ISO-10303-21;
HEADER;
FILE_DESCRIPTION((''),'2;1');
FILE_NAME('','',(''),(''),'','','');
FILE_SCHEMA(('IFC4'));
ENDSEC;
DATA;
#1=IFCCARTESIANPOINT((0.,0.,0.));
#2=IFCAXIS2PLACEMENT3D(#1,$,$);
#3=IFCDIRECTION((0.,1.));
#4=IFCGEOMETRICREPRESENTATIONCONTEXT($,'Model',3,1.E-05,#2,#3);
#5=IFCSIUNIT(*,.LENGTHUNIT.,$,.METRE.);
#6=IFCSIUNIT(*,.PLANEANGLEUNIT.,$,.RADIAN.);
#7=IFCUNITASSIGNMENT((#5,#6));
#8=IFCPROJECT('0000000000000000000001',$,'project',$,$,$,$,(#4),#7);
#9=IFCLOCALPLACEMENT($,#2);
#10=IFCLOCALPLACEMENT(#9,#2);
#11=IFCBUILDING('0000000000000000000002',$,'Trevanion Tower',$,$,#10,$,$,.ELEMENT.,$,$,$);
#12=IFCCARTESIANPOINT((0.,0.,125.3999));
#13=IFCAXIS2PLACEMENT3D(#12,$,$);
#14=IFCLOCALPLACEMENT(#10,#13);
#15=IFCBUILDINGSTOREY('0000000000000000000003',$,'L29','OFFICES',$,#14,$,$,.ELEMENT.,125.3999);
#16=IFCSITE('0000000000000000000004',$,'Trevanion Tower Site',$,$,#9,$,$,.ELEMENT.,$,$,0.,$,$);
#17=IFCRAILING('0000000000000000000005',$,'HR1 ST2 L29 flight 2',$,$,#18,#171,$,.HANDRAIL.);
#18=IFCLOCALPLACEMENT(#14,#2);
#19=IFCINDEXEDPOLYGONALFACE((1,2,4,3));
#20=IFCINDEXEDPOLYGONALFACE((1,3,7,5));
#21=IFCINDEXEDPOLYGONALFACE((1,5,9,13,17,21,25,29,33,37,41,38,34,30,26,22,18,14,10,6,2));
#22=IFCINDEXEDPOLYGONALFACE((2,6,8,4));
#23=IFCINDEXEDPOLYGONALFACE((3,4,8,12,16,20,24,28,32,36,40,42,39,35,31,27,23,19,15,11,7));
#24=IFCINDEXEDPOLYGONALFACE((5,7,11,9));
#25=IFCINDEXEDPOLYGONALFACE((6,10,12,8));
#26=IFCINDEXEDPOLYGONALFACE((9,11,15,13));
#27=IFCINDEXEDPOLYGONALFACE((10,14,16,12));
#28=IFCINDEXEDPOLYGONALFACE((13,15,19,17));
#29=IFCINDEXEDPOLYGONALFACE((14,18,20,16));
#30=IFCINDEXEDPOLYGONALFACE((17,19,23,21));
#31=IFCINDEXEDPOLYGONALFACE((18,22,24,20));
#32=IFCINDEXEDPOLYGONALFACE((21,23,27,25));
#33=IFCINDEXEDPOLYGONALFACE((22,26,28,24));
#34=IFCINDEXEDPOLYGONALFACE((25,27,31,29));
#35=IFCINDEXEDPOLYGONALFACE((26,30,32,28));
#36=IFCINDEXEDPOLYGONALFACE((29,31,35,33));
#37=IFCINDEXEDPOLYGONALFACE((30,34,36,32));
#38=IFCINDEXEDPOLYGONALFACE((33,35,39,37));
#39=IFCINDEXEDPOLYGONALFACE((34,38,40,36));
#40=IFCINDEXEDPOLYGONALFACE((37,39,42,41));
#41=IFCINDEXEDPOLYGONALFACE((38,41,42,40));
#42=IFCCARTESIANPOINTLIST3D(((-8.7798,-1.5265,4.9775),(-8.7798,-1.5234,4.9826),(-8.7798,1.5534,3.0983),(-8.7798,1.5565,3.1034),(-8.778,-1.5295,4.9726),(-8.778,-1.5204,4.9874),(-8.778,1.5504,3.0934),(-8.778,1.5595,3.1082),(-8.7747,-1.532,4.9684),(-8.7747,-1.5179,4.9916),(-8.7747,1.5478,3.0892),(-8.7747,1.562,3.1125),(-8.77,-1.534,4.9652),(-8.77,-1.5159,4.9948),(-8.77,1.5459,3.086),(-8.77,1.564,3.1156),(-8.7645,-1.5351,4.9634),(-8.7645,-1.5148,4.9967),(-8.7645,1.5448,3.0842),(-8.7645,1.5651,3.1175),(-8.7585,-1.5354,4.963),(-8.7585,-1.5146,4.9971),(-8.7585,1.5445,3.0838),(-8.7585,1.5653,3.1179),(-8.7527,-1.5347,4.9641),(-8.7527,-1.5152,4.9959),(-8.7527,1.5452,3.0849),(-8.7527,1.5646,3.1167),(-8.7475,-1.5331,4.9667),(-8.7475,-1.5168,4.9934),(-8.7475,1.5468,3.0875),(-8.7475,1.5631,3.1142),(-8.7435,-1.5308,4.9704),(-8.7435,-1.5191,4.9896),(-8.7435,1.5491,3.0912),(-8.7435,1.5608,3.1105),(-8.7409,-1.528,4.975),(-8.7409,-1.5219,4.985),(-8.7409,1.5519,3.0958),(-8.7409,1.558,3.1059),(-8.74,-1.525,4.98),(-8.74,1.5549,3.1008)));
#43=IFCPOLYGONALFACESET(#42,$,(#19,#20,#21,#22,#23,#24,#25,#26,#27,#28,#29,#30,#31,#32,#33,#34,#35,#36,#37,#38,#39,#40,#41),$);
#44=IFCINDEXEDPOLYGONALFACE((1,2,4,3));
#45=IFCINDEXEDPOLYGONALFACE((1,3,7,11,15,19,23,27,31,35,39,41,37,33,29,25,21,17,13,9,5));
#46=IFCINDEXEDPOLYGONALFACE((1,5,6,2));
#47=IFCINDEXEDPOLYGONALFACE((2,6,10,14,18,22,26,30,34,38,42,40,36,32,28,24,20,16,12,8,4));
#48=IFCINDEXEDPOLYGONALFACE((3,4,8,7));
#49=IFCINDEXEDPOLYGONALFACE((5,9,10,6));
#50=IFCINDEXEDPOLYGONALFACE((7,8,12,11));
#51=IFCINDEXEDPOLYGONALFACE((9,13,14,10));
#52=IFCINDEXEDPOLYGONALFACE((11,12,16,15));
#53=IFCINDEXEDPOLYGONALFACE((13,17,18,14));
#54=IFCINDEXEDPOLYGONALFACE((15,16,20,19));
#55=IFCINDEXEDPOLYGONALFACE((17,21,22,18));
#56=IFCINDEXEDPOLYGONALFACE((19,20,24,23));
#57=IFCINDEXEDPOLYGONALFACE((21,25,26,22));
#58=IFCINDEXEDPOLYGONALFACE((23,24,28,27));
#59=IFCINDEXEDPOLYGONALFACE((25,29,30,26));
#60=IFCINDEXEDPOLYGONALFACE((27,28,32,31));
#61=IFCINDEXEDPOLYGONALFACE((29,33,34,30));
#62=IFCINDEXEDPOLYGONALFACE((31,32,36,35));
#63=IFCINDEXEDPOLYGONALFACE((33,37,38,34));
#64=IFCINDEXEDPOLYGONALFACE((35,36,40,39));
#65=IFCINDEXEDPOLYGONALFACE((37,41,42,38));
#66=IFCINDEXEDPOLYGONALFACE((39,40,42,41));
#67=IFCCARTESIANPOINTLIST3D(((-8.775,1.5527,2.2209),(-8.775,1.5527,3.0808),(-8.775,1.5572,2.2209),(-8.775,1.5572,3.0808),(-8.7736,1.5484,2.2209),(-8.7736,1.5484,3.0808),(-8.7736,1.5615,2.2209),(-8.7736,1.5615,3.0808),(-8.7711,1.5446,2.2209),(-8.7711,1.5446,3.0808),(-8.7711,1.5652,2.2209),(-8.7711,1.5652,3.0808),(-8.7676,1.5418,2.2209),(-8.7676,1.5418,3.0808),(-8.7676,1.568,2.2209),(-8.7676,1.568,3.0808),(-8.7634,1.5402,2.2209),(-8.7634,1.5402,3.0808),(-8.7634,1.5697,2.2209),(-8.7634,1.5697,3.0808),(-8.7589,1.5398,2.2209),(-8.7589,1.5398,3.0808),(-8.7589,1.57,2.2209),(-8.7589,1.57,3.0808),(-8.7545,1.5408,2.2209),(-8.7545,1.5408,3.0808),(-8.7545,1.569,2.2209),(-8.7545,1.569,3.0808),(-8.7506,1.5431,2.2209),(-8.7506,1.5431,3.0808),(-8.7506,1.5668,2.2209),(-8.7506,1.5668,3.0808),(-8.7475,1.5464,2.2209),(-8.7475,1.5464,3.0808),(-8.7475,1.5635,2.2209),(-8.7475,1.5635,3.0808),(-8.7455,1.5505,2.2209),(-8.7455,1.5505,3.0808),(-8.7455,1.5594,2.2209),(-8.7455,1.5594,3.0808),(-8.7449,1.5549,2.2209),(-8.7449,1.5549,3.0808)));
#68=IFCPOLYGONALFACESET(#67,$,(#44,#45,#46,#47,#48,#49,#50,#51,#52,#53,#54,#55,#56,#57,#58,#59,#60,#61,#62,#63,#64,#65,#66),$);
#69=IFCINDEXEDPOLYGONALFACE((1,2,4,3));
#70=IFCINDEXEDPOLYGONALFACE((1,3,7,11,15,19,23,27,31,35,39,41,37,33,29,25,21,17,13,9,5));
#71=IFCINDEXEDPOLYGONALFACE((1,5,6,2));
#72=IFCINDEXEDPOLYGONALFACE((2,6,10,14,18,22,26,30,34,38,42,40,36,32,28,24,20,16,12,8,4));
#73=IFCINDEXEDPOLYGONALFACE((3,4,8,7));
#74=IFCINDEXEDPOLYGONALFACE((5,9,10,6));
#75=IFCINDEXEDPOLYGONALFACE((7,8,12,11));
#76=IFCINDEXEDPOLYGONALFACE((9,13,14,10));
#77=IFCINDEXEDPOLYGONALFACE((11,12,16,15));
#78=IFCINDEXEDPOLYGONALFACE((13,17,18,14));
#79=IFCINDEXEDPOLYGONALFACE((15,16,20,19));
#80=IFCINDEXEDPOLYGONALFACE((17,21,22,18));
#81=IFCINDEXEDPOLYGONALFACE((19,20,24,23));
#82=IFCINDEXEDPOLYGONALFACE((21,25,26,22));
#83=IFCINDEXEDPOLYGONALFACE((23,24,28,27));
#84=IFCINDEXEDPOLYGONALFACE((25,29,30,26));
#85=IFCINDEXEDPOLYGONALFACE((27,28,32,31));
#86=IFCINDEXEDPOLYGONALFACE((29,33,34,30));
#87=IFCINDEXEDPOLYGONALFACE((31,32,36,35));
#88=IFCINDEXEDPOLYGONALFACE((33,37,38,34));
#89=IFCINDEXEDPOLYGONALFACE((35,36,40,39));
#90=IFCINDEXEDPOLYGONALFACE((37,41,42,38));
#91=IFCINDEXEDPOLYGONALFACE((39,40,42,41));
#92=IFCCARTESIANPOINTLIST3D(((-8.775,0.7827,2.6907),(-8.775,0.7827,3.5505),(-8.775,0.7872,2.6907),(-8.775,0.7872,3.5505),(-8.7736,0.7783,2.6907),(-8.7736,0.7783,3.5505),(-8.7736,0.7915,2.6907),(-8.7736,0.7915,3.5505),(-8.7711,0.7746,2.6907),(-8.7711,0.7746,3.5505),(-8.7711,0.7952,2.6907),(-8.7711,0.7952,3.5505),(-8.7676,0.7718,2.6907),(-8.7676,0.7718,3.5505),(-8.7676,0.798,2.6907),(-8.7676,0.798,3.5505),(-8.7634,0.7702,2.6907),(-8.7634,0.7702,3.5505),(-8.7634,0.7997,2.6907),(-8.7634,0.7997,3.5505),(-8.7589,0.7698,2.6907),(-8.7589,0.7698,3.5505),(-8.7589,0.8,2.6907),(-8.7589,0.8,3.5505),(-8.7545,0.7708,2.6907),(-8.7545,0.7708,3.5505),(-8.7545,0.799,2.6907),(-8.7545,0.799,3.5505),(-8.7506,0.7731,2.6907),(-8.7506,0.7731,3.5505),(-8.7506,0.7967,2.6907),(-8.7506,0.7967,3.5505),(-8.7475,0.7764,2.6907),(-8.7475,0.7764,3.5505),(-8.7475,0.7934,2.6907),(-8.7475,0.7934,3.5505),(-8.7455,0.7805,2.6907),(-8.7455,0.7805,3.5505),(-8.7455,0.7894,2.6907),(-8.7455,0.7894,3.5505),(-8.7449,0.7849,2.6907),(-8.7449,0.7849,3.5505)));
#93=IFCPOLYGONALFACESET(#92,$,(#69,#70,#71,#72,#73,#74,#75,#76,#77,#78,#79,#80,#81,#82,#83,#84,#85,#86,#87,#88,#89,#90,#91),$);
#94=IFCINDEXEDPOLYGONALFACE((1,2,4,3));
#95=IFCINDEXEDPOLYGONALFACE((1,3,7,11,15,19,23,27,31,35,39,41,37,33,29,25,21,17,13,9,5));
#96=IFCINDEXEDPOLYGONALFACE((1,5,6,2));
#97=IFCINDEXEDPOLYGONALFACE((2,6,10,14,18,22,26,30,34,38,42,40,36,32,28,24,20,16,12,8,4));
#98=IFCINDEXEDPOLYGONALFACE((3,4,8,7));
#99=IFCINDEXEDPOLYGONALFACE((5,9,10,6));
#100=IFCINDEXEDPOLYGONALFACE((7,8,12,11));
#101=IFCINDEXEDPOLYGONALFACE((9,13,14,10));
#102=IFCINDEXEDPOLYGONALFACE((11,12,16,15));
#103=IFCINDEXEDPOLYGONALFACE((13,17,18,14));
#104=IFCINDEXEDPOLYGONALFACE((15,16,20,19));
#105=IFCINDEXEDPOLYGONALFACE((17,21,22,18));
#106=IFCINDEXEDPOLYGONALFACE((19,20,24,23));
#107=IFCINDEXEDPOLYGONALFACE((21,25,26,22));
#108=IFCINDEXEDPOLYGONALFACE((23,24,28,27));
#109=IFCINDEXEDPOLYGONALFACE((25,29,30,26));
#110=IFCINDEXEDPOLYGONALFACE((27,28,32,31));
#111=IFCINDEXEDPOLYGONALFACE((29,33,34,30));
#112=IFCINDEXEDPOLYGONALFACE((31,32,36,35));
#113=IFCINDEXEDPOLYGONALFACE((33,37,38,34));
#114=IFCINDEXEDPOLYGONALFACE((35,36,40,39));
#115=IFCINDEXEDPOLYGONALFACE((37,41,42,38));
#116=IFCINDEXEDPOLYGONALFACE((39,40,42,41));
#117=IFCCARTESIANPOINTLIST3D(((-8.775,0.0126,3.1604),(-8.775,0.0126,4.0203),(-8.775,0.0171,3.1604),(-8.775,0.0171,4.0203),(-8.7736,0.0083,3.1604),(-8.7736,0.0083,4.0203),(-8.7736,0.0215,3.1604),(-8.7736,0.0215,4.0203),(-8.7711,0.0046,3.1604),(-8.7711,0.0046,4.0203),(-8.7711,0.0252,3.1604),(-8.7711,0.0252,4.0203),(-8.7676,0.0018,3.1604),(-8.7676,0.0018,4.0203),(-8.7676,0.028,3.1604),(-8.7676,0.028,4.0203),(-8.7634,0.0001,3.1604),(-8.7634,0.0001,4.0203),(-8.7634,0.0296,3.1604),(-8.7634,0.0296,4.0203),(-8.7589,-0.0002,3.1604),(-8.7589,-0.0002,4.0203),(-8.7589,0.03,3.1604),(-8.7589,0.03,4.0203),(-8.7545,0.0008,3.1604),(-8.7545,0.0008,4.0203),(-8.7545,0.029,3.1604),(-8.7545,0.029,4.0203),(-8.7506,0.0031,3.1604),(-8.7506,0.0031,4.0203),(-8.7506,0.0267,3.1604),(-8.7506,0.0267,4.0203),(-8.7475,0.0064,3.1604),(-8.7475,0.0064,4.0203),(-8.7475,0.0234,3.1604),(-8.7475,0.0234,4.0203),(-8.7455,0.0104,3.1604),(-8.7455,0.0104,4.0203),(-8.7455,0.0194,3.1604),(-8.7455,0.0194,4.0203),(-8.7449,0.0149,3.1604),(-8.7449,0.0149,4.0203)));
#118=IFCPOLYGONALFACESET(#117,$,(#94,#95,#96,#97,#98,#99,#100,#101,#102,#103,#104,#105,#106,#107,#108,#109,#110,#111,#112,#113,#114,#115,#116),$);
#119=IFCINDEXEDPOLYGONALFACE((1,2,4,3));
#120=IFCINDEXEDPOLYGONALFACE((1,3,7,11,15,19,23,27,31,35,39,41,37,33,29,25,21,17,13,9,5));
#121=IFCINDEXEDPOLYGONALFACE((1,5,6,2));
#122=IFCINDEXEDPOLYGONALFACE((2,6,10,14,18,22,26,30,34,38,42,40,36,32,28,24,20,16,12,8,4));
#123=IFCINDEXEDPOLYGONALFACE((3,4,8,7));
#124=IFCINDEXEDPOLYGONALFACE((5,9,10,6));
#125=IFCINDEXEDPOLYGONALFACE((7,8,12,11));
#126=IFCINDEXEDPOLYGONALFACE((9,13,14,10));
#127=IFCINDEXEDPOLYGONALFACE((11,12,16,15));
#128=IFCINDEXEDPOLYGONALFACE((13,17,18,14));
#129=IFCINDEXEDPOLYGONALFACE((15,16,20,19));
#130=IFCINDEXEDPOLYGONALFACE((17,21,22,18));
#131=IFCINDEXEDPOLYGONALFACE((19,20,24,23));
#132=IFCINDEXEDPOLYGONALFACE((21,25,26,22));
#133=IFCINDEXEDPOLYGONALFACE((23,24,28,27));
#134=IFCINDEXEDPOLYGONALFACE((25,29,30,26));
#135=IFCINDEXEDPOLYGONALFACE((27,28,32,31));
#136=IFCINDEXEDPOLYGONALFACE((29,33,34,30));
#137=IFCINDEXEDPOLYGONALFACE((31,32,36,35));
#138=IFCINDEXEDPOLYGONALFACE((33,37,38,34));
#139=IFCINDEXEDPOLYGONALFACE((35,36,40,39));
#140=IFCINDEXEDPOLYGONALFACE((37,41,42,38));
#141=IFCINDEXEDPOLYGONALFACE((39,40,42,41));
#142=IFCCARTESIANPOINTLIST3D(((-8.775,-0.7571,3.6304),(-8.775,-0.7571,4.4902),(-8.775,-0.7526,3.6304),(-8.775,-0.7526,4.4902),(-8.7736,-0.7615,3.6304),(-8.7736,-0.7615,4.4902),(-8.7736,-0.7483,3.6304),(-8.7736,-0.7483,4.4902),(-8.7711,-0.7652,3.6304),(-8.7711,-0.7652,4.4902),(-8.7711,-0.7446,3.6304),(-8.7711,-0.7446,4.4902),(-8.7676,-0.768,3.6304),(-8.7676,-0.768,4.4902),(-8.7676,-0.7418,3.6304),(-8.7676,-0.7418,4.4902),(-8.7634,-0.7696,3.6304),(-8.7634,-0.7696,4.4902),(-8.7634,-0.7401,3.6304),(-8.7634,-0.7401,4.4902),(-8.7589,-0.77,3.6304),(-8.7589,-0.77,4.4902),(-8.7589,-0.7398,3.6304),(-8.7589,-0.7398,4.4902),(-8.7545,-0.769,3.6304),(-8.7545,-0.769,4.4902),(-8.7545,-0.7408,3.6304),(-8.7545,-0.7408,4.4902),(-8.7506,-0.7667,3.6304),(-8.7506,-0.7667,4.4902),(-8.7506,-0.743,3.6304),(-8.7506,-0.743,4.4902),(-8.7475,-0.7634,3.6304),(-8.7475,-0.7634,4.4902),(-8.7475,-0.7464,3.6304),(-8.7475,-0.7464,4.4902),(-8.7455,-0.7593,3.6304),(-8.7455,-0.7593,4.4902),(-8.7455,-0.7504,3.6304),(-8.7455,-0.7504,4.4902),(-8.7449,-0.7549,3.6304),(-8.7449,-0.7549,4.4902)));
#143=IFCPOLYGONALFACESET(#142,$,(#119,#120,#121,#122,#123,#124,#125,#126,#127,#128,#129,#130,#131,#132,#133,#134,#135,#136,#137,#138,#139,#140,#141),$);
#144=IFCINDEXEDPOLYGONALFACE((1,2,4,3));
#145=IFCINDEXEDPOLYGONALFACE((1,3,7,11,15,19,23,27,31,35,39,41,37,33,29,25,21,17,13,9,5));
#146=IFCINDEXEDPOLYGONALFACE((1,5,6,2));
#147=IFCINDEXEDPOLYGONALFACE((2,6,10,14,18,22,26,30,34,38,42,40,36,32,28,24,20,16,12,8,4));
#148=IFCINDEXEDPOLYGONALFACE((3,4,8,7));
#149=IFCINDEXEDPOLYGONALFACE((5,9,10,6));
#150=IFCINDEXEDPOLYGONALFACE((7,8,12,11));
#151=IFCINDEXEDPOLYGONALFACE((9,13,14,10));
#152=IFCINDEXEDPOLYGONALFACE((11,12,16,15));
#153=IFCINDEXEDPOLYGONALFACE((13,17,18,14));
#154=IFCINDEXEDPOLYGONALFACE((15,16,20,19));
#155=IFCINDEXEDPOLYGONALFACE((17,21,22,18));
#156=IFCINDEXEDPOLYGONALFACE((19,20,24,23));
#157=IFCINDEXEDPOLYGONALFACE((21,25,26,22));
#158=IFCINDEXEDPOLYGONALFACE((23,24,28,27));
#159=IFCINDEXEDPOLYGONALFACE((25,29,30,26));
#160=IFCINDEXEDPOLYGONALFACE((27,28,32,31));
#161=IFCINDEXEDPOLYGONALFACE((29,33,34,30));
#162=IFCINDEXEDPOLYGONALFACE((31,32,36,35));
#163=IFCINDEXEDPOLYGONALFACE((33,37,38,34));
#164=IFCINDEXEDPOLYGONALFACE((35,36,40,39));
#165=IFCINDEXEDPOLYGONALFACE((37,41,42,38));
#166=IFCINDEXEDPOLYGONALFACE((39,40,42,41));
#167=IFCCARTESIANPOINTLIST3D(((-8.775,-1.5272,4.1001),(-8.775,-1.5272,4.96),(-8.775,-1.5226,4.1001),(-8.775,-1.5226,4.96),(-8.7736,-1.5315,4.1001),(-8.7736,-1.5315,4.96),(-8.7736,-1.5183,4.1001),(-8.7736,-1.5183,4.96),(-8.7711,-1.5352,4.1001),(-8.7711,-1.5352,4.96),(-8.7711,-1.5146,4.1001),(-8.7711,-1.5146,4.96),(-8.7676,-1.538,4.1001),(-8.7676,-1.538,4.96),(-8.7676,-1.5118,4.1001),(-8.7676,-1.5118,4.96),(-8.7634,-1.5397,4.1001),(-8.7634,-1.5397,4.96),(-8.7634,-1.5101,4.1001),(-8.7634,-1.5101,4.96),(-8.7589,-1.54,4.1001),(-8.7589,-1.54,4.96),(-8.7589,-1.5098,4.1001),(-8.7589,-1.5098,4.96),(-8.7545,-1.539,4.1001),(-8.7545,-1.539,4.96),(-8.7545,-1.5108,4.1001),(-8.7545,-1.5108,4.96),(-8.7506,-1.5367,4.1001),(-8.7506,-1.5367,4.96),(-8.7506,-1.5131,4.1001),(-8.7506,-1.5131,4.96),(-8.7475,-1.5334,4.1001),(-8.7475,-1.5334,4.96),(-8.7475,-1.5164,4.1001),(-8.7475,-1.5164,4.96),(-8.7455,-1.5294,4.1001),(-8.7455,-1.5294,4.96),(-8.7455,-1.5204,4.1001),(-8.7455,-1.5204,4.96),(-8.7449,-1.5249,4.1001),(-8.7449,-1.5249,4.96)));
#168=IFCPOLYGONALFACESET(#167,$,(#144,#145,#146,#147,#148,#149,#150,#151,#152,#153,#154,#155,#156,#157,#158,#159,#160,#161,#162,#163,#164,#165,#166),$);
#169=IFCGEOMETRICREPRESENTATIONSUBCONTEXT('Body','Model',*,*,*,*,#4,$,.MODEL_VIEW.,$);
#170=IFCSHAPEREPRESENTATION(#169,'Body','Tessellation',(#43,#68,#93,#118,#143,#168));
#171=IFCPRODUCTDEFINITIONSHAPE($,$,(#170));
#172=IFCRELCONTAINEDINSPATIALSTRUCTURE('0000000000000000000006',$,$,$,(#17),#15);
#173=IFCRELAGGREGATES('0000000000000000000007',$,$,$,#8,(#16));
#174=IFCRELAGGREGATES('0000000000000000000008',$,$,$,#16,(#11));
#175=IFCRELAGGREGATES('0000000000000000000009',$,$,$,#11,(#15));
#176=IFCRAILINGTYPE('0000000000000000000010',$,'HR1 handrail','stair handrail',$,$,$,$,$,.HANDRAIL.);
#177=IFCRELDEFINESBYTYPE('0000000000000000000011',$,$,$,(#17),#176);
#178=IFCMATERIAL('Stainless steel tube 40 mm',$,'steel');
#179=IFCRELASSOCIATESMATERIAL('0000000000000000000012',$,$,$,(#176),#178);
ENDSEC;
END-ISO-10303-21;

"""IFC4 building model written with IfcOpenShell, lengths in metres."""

from ifc_helpers import new_model, si_unit, direction, frame, origin, origin_2d, place, context, subcontext, project, spatial, circle, extrude, material, type_object, element, save


model = new_model("IFC4")

# Units and contexts
model_context = context("Model", 3, precision=1e-05, world=origin(), true_north=direction((0.0, 1.0)))
body_context = subcontext(model_context, "Body", "Model", "MODEL_VIEW")
ifc_project = project(units=[si_unit("LENGTHUNIT", "METRE"), si_unit("PLANEANGLEUNIT", "RADIAN")], contexts=[model_context])

# Site, building, storey
site_placement = place(None, origin())
site = spatial("IfcSite", under=ifc_project, at=site_placement, Name="Trevanion Tower Site", CompositionType="ELEMENT", RefElevation=0.0)
building_placement = place(site_placement, origin())
building = spatial("IfcBuilding", under=site, at=building_placement, Name="Trevanion Tower", CompositionType="ELEMENT")
storey_placement = place(building_placement, frame((0.0, 0.0, 125.3999)))
storey = spatial("IfcBuildingStorey", under=building, at=storey_placement, Name="L29", Description="OFFICES", CompositionType="ELEMENT", Elevation=125.3999)

# Railing
ifc_material_1 = material(Name="Stainless steel tube 40 mm", Category="steel")
railing_type = type_object("IfcRailingType", Name="HR1 handrail", Description="stair handrail", PredefinedType="HANDRAIL", material=ifc_material_1)
for number, where, name in (
    (1, (-8.76, 1.5549, 2.2209), "HR1 ST2 L29 flight 2"),
):
    element("IfcRailing", number, at=place(storey_placement, frame(where)), inside=storey, type_object=railing_type, Name=name, PredefinedType="HANDRAIL", context=body_context, shape_type="SweptSolid", body=[
        extrude(circle(Radius=0.02, at=origin_2d()), frame((0.0, 0.0, 0.8799), z_axis=(0.0, -0.853648, 0.52085), x_axis=(1.0, 0.0, 0.0)), (0.0, 0.0, 1.0), 3.6079),
        extrude(circle(Radius=0.0151, at=origin_2d()), origin(), (0.0, 0.0, 1.0), 0.8599),
        extrude(circle(Radius=0.0151, at=origin_2d()), frame((0.0, -0.77, 0.4697)), (0.0, 0.0, 1.0), 0.8599),
        extrude(circle(Radius=0.0151, at=origin_2d()), frame((0.0, -1.54, 0.9395)), (0.0, 0.0, 1.0), 0.8599),
        extrude(circle(Radius=0.0151, at=origin_2d()), frame((0.0, -2.3098, 1.4094)), (0.0, 0.0, 1.0), 0.8599),
        extrude(circle(Radius=0.0151, at=origin_2d()), frame((0.0, -3.0798, 1.8792)), (0.0, 0.0, 1.0), 0.8599),
    ])

save(model, "model.ifc")
